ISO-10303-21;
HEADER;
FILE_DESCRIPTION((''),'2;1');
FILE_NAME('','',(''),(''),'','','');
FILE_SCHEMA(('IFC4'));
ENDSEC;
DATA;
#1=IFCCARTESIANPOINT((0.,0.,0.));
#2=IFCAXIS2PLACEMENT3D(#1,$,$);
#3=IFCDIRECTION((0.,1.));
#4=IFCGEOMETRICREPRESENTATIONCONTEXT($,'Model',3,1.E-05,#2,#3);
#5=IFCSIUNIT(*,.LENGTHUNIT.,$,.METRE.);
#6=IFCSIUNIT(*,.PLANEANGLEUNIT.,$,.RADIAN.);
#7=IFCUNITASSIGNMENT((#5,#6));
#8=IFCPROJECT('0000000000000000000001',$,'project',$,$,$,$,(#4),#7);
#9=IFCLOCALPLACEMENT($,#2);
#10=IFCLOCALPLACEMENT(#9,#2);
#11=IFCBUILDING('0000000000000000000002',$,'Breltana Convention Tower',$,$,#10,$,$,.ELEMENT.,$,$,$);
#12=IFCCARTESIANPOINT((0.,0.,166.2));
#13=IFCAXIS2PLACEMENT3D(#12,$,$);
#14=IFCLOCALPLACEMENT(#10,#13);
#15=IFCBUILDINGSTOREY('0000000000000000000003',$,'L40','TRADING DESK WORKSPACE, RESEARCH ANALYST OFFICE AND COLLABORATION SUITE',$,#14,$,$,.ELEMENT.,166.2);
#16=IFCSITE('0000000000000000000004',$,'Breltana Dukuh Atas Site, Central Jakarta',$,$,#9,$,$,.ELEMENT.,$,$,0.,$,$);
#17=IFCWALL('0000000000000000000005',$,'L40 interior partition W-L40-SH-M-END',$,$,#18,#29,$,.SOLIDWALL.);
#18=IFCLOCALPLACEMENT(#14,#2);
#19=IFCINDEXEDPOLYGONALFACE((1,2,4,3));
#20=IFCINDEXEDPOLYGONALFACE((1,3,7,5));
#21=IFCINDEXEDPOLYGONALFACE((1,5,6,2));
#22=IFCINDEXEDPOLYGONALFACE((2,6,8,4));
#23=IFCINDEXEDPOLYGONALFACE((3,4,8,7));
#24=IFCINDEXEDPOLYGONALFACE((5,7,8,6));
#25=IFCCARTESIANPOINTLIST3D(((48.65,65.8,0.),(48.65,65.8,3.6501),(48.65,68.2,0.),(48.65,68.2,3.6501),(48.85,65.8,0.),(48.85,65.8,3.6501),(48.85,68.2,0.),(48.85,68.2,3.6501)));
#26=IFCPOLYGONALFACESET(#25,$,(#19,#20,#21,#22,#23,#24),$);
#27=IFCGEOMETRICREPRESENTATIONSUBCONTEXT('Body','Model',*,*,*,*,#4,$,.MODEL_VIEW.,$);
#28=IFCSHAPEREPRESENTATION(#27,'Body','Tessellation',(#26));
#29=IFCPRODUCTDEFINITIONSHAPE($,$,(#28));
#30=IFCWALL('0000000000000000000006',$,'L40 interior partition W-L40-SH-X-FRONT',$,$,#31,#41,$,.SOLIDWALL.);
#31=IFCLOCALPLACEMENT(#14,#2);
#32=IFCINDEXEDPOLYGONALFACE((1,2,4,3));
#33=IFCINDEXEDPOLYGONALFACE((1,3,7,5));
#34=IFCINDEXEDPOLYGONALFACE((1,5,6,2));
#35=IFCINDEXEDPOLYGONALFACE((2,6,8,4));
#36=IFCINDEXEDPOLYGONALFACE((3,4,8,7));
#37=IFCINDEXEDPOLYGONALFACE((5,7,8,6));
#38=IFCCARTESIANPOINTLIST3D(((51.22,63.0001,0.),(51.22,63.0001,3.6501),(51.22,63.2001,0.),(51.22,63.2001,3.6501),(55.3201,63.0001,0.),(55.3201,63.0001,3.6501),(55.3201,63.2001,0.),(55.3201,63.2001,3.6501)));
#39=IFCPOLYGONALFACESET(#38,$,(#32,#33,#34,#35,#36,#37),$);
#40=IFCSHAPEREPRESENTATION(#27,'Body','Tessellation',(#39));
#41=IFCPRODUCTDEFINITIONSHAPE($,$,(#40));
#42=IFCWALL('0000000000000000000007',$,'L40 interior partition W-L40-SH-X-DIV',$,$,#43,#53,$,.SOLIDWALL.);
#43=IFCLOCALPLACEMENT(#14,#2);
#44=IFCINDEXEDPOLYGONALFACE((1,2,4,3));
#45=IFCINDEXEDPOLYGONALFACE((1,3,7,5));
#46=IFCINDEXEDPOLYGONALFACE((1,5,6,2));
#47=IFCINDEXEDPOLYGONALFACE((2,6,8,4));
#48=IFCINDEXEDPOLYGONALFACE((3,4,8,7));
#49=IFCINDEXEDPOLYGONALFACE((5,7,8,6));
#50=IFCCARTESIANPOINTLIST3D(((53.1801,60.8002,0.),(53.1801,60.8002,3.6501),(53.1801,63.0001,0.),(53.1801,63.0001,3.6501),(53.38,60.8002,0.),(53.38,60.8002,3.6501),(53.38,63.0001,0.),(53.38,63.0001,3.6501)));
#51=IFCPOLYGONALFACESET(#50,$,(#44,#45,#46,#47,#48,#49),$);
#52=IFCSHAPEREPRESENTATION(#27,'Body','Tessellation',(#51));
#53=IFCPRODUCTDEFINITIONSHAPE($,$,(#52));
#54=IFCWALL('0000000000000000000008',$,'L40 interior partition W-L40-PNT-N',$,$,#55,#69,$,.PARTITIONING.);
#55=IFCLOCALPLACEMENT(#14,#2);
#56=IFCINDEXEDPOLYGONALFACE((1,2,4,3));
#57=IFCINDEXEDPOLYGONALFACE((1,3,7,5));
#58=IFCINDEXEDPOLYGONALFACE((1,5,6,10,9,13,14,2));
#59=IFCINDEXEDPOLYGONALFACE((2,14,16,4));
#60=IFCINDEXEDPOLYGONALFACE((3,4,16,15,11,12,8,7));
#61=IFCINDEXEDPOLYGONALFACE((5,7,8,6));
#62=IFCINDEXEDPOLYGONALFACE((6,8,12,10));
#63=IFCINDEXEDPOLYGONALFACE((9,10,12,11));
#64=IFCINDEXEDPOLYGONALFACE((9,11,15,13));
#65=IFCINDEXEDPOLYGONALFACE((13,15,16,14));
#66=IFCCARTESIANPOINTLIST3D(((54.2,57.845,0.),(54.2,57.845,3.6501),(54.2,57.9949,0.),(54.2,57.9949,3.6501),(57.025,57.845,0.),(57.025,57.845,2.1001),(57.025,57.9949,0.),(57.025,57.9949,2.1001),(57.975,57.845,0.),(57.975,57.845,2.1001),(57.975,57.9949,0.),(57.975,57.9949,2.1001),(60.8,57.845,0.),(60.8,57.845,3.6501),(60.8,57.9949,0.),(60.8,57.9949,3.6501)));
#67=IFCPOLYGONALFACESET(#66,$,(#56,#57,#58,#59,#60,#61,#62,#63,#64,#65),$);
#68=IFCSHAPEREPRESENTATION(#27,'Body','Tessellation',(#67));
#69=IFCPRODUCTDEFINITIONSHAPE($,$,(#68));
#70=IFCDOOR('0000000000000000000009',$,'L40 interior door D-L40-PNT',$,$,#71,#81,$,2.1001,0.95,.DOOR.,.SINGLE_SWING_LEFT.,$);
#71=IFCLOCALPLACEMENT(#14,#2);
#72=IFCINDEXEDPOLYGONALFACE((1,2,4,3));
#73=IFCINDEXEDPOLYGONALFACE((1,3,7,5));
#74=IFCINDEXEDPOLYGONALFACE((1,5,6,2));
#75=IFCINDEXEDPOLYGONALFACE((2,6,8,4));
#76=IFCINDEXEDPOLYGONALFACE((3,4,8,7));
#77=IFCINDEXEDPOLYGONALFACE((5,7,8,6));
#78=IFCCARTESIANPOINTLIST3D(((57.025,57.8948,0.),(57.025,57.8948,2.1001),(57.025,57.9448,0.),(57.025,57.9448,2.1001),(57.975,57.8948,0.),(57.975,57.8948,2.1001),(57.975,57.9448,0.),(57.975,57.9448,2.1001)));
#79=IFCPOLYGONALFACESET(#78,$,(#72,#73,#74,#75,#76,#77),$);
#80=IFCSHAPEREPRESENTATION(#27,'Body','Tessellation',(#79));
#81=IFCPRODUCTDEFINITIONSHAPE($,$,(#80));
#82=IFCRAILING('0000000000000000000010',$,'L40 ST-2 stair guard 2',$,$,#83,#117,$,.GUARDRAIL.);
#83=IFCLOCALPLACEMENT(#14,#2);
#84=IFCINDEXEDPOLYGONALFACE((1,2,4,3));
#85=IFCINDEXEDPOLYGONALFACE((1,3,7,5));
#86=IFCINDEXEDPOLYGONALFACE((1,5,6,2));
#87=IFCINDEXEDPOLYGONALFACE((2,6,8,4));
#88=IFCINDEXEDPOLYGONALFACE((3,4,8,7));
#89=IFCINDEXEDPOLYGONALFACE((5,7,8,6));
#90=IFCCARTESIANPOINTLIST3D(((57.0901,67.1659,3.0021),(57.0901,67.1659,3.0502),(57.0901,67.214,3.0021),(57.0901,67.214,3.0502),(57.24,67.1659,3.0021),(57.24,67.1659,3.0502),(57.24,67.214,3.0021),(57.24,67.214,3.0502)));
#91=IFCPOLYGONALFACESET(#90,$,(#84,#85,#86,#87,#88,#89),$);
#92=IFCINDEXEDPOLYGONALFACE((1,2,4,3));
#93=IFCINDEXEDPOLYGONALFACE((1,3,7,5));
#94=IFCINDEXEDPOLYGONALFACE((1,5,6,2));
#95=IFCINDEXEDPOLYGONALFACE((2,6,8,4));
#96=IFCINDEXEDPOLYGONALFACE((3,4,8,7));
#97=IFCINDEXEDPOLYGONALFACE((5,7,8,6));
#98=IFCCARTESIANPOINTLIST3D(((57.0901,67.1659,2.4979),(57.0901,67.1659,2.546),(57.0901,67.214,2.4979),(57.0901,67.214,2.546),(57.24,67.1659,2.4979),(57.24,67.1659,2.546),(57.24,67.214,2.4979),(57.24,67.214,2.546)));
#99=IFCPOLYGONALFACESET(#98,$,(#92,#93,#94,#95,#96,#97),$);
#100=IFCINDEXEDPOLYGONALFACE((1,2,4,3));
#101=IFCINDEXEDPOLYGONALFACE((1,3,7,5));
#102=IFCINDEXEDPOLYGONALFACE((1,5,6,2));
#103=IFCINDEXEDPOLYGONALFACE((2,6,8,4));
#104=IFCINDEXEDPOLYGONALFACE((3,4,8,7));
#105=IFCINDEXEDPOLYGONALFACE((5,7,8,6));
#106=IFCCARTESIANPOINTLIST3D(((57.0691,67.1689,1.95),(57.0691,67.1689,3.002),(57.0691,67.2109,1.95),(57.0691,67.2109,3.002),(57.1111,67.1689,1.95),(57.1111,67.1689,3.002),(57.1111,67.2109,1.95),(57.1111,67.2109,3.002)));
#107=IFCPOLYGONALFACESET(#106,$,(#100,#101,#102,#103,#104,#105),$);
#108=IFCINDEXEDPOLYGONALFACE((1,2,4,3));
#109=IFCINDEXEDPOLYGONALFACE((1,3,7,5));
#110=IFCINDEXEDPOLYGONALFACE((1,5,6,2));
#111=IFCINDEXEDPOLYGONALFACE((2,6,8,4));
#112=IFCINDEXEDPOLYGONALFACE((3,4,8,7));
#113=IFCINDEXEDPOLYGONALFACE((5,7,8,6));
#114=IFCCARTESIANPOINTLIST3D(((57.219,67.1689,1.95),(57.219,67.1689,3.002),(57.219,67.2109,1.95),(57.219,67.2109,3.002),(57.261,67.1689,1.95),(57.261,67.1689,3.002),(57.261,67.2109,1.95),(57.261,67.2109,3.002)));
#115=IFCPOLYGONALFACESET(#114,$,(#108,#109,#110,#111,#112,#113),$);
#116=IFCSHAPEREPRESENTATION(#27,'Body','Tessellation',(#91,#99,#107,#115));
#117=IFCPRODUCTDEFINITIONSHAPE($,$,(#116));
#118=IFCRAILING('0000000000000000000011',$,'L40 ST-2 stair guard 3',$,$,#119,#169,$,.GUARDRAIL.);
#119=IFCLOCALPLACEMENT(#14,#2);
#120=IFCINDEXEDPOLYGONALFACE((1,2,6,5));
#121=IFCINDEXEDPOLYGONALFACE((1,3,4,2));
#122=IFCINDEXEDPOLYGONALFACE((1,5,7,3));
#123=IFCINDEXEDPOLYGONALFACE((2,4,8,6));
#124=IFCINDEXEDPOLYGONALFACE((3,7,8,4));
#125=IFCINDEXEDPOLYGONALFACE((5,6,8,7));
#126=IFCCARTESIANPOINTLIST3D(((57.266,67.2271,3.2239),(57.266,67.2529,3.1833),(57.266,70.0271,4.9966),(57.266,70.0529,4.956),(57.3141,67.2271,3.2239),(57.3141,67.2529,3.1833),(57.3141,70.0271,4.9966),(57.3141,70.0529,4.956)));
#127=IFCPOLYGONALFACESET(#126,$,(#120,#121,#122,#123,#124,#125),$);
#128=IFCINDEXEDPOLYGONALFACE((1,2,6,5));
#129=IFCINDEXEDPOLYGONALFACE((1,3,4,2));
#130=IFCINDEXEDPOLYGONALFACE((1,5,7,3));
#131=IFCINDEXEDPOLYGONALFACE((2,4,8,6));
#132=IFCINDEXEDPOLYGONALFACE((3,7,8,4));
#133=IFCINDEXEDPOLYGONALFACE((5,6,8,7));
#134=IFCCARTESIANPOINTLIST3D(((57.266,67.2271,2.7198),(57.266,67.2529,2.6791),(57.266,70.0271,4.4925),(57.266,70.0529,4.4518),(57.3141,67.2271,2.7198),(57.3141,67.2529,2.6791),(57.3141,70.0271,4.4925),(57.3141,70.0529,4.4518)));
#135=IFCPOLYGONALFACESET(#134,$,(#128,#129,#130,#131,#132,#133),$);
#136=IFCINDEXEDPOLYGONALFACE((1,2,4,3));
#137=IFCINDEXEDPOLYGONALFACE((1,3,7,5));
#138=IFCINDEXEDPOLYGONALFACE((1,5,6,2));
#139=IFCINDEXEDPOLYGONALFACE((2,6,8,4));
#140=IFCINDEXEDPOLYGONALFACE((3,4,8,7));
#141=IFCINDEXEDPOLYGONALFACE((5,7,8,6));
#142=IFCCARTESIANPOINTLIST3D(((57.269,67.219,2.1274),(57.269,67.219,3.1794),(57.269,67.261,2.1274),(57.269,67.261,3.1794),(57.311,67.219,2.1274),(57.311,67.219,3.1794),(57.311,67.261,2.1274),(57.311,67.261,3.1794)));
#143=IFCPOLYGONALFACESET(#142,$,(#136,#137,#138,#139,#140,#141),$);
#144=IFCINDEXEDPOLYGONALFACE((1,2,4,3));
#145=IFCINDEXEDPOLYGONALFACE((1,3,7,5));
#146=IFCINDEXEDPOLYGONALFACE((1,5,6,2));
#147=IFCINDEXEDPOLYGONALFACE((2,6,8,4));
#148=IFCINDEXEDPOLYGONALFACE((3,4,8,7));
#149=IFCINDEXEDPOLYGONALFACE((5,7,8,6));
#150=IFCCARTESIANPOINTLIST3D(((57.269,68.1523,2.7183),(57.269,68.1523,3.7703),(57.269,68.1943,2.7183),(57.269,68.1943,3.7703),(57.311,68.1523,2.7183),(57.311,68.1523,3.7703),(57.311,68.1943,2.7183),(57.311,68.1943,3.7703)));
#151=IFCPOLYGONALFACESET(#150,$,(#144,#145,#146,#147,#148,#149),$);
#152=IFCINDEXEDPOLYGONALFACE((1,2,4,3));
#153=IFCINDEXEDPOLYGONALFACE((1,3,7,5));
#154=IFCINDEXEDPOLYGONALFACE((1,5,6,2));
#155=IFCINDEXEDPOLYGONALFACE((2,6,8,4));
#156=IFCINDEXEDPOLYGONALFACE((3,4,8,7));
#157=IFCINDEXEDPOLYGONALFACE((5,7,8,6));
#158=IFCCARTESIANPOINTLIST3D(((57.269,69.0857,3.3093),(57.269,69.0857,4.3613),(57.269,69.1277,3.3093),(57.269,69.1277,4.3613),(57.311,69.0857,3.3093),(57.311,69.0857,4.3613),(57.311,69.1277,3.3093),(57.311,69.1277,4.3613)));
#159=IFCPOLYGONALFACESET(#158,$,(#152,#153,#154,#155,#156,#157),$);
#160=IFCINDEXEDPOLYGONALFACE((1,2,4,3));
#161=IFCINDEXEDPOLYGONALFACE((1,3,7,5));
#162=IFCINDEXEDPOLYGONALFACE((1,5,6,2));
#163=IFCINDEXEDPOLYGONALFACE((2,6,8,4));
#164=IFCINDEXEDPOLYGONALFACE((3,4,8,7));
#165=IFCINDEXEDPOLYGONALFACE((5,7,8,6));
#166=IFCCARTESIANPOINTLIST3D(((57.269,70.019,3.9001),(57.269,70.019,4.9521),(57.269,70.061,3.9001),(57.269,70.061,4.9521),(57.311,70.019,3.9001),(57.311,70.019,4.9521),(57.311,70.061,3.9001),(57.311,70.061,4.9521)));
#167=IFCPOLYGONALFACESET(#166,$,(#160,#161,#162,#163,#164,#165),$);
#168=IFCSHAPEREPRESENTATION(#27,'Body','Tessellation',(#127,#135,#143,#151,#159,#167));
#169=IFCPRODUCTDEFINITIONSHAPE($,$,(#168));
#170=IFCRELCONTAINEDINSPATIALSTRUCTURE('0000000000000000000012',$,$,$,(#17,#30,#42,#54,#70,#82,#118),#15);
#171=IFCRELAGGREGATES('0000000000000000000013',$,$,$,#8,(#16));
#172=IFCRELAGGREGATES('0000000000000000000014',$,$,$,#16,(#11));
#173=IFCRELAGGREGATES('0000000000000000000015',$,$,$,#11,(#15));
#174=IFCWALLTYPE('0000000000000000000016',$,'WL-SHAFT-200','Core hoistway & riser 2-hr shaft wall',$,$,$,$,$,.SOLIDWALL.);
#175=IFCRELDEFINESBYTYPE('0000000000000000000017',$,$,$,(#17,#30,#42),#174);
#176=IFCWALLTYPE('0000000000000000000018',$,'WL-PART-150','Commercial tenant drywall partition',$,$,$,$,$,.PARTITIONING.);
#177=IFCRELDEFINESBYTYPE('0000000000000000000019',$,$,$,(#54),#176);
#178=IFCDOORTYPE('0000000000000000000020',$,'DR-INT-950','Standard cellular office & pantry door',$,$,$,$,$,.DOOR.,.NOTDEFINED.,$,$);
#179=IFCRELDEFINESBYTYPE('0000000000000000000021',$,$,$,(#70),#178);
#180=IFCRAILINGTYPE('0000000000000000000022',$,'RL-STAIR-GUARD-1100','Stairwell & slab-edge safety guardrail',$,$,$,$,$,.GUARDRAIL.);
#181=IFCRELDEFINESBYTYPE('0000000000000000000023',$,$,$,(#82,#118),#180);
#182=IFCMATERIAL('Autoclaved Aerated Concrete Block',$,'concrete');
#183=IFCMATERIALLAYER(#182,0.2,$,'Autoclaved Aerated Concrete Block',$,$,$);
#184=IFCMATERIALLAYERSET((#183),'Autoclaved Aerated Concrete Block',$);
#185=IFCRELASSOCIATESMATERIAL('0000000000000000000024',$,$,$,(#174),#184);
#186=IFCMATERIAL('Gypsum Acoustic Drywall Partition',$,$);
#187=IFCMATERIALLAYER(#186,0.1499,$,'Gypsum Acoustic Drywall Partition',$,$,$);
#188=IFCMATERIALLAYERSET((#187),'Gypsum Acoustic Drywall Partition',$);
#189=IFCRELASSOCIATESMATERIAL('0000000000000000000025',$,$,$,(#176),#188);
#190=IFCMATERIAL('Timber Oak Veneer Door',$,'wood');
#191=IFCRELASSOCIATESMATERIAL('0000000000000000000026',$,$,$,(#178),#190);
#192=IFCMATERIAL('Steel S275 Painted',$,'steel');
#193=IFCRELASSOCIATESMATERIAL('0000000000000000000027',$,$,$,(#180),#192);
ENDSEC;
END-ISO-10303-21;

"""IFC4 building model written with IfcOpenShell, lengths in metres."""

from ifc_helpers import new_model, si_unit, direction, frame, frame_2d, origin, origin_2d, place, context, subcontext, project, spatial, rectangle, extrude, source, transform, mapped, material, layer, layer_set, type_object, type_shapes, element, fill, save


model = new_model("IFC4")

# Units and contexts
model_context = context("Model", 3, precision=1e-05, world=origin(), true_north=direction((0.0, 1.0)))
body_context = subcontext(model_context, "Body", "Model", "MODEL_VIEW")
ifc_project = project(units=[si_unit("LENGTHUNIT", "METRE"), si_unit("PLANEANGLEUNIT", "RADIAN")], contexts=[model_context])

# Site, building, storey
site_placement = place(None, origin())
site = spatial("IfcSite", under=ifc_project, at=site_placement, Name="Breltana Dukuh Atas Site, Central Jakarta", CompositionType="ELEMENT", RefElevation=0.0)
building_placement = place(site_placement, origin())
building = spatial("IfcBuilding", under=site, at=building_placement, Name="Breltana Convention Tower", CompositionType="ELEMENT")
storey_placement = place(building_placement, frame((0.0, 0.0, 166.2)))
storey = spatial("IfcBuildingStorey", under=building, at=storey_placement, Name="L40", Description="TRADING DESK WORKSPACE, RESEARCH ANALYST OFFICE AND COLLABORATION SUITE", CompositionType="ELEMENT", Elevation=166.2)

# Walls
ifc_material_1 = material(Name="Autoclaved Aerated Concrete Block", Category="concrete")
ifc_layer_1 = layer(ifc_material_1, 0.2, Name="Autoclaved Aerated Concrete Block")
ifc_layer_set_1 = layer_set([ifc_layer_1], Name="Autoclaved Aerated Concrete Block")
wall_type_1 = type_object("IfcWallType", Name="WL-SHAFT-200", Description="Core hoistway & riser 2-hr shaft wall", PredefinedType="SOLIDWALL", material=ifc_layer_set_1)
shared_shape_1 = source(origin(), body_context, "Body", "SweptSolid", [
    extrude(rectangle(XDim=2.3999, YDim=0.2, at=frame_2d((1.2, 0.0))), origin(), (0.0, 0.0, 1.0), 3.6501),
])
for number, where, z_axis, x_axis, name in (
    (1, (48.75, 65.8, 0.0), (0.0, 0.0, 1.0), (0.0, 1.0, 0.0), "L40 interior partition W-L40-SH-M-END"),
):
    element("IfcWall", number, at=place(storey_placement, frame(where, z_axis=z_axis, x_axis=x_axis)), inside=storey, type_object=wall_type_1, Name=name, PredefinedType="SOLIDWALL", context=body_context, shape_type="MappedRepresentation", body=[
        mapped(shared_shape_1, transform((0.0, 0.0, 0.0), scale=1.0)),
    ])
shared_shape_2 = source(origin(), body_context, "Body", "SweptSolid", [
    extrude(rectangle(XDim=4.1001, YDim=0.2, at=frame_2d((2.05, 0.0))), origin(), (0.0, 0.0, 1.0), 3.6501),
])
wall_1_placement = place(storey_placement, frame((51.22, 63.1001, 0.0), z_axis=(0.0, 0.0, 1.0), x_axis=(1.0, 0.0, 0.0)))
element("IfcWall", 2, at=wall_1_placement, inside=storey, type_object=wall_type_1, Name="L40 interior partition W-L40-SH-X-FRONT", PredefinedType="SOLIDWALL", context=body_context, shape_type="MappedRepresentation", body=[
    mapped(shared_shape_2, transform((0.0, 0.0, 0.0), scale=1.0)),
])
shared_shape_3 = source(origin(), body_context, "Body", "SweptSolid", [
    extrude(rectangle(XDim=2.2, YDim=0.2, at=frame_2d((1.1001, 0.0))), origin(), (0.0, 0.0, 1.0), 3.6501),
])
wall_2_placement = place(storey_placement, frame((53.28, 60.8, 0.0), z_axis=(0.0, 0.0, 1.0), x_axis=(0.0, 1.0, 0.0)))
element("IfcWall", 3, at=wall_2_placement, inside=storey, type_object=wall_type_1, Name="L40 interior partition W-L40-SH-X-DIV", PredefinedType="SOLIDWALL", context=body_context, shape_type="MappedRepresentation", body=[
    mapped(shared_shape_3, transform((0.0, 0.0, 0.0), scale=1.0)),
])

# Wall, opening, door
ifc_material_2 = material(Name="Gypsum Acoustic Drywall Partition")
ifc_layer_2 = layer(ifc_material_2, 0.1499, Name="Gypsum Acoustic Drywall Partition")
ifc_layer_set_2 = layer_set([ifc_layer_2], Name="Gypsum Acoustic Drywall Partition")
wall_type_2 = type_object("IfcWallType", Name="WL-PART-150", Description="Commercial tenant drywall partition", PredefinedType="PARTITIONING", material=ifc_layer_set_2)
shared_shape_4 = source(origin(), body_context, "Body", "SweptSolid", [
    extrude(rectangle(XDim=6.6001, YDim=0.1499, at=frame_2d((3.3, 0.0))), origin(), (0.0, 0.0, 1.0), 3.6501),
])
wall_3_placement = place(storey_placement, frame((54.2, 57.9199, 0.0), z_axis=(0.0, 0.0, 1.0), x_axis=(1.0, 0.0, 0.0)))
wall_3 = element("IfcWall", 4, at=wall_3_placement, inside=storey, type_object=wall_type_2, Name="L40 interior partition W-L40-PNT-N", PredefinedType="PARTITIONING", context=body_context, shape_type="MappedRepresentation", body=[
    mapped(shared_shape_4, transform((0.0, 0.0, 0.0), scale=1.0)),
])
opening_1_placement = place(wall_3_placement, frame((2.825, 0.0, 0.0)))
opening_1 = element("IfcOpeningElement", 5, at=opening_1_placement, cuts=wall_3, PredefinedType="OPENING", context=body_context, shape_type="SweptSolid", body=[
    extrude(rectangle(XDim=0.95, YDim=2.1001, at=frame_2d((0.4751, 1.05))), frame((0.0, 0.085, 0.0), z_axis=(0.0, -1.0, 0.0), x_axis=(1.0, 0.0, 0.0)), (0.0, 0.0, 1.0), 0.1699),
])
ifc_material_3 = material(Name="Timber Oak Veneer Door", Category="wood")
door_type_1 = type_object("IfcDoorType", Name="DR-INT-950", Description="Standard cellular office & pantry door", OperationType="NOTDEFINED", PredefinedType="DOOR", material=ifc_material_3)
shared_shape_5 = source(origin(), body_context, "Body", "SweptSolid", [
    extrude(rectangle(XDim=0.95, YDim=2.1001, at=frame_2d((0.4751, 1.05))), frame((0.0, 0.0249, 0.0), z_axis=(0.0, -1.0, 0.0), x_axis=(1.0, 0.0, 0.0)), (0.0, 0.0, 1.0), 0.05),
])
type_shapes(door_type_1, [shared_shape_5])
door_1_placement = place(opening_1_placement, origin())
door_1 = element("IfcDoor", 6, at=door_1_placement, inside=storey, type_object=door_type_1, Name="L40 interior door D-L40-PNT", OperationType="SINGLE_SWING_LEFT", OverallHeight=2.1001, OverallWidth=0.95, PredefinedType="DOOR", context=body_context, shape_type="MappedRepresentation", body=[
    mapped(shared_shape_5, transform((0.0, 0.0, 0.0), scale=1.0)),
])
fill(opening_1, door_1)

# Railings
ifc_material_4 = material(Name="Steel S275 Painted", Category="steel")
railing_type = type_object("IfcRailingType", Name="RL-STAIR-GUARD-1100", Description="Stairwell & slab-edge safety guardrail", PredefinedType="GUARDRAIL", material=ifc_material_4)
railing_1_placement = place(storey_placement, frame((57.0901, 67.1899, 1.95)))
element("IfcRailing", 7, at=railing_1_placement, inside=storey, type_object=railing_type, Name="L40 ST-2 stair guard 2", PredefinedType="GUARDRAIL", context=body_context, shape_type="SweptSolid", body=[
    extrude(rectangle(XDim=0.0481, YDim=0.0481, at=origin_2d()), frame((0.0, 0.0, 1.0762), z_axis=(1.0, 0.0, 0.0), x_axis=(0.0, 1.0, 0.0)), (0.0, 0.0, 1.0), 0.1499),
    extrude(rectangle(XDim=0.0481, YDim=0.0481, at=origin_2d()), frame((0.0, 0.0, 0.572), z_axis=(1.0, 0.0, 0.0), x_axis=(0.0, 1.0, 0.0)), (0.0, 0.0, 1.0), 0.1499),
    extrude(rectangle(XDim=0.042, YDim=0.042, at=origin_2d()), origin(), (0.0, 0.0, 1.0), 1.052),
    extrude(rectangle(XDim=0.042, YDim=0.042, at=origin_2d()), frame((0.1499, 0.0, 0.0)), (0.0, 0.0, 1.0), 1.052),
])
railing_2_placement = place(storey_placement, frame((57.29, 67.24, 2.1274)))
element("IfcRailing", 8, at=railing_2_placement, inside=storey, type_object=railing_type, Name="L40 ST-2 stair guard 3", PredefinedType="GUARDRAIL", context=body_context, shape_type="SweptSolid", body=[
    extrude(rectangle(XDim=0.0481, YDim=0.0481, at=origin_2d()), frame((0.0, 0.0, 1.0762), z_axis=(0.0, 0.844909, 0.53491), x_axis=(-1.0, 0.0, 0.0)), (0.0, 0.0, 1.0), 3.314),
    extrude(rectangle(XDim=0.0481, YDim=0.0481, at=origin_2d()), frame((0.0, 0.0, 0.572), z_axis=(0.0, 0.844909, 0.53491), x_axis=(-1.0, 0.0, 0.0)), (0.0, 0.0, 1.0), 3.314),
    extrude(rectangle(XDim=0.042, YDim=0.042, at=origin_2d()), origin(), (0.0, 0.0, 1.0), 1.052),
    extrude(rectangle(XDim=0.042, YDim=0.042, at=origin_2d()), frame((0.0, 0.9333, 0.5908)), (0.0, 0.0, 1.0), 1.052),
    extrude(rectangle(XDim=0.042, YDim=0.042, at=origin_2d()), frame((0.0, 1.8667, 1.1819)), (0.0, 0.0, 1.0), 1.052),
    extrude(rectangle(XDim=0.042, YDim=0.042, at=origin_2d()), frame((0.0, 2.8, 1.7727)), (0.0, 0.0, 1.0), 1.052),
])

save(model, "model.ifc")
